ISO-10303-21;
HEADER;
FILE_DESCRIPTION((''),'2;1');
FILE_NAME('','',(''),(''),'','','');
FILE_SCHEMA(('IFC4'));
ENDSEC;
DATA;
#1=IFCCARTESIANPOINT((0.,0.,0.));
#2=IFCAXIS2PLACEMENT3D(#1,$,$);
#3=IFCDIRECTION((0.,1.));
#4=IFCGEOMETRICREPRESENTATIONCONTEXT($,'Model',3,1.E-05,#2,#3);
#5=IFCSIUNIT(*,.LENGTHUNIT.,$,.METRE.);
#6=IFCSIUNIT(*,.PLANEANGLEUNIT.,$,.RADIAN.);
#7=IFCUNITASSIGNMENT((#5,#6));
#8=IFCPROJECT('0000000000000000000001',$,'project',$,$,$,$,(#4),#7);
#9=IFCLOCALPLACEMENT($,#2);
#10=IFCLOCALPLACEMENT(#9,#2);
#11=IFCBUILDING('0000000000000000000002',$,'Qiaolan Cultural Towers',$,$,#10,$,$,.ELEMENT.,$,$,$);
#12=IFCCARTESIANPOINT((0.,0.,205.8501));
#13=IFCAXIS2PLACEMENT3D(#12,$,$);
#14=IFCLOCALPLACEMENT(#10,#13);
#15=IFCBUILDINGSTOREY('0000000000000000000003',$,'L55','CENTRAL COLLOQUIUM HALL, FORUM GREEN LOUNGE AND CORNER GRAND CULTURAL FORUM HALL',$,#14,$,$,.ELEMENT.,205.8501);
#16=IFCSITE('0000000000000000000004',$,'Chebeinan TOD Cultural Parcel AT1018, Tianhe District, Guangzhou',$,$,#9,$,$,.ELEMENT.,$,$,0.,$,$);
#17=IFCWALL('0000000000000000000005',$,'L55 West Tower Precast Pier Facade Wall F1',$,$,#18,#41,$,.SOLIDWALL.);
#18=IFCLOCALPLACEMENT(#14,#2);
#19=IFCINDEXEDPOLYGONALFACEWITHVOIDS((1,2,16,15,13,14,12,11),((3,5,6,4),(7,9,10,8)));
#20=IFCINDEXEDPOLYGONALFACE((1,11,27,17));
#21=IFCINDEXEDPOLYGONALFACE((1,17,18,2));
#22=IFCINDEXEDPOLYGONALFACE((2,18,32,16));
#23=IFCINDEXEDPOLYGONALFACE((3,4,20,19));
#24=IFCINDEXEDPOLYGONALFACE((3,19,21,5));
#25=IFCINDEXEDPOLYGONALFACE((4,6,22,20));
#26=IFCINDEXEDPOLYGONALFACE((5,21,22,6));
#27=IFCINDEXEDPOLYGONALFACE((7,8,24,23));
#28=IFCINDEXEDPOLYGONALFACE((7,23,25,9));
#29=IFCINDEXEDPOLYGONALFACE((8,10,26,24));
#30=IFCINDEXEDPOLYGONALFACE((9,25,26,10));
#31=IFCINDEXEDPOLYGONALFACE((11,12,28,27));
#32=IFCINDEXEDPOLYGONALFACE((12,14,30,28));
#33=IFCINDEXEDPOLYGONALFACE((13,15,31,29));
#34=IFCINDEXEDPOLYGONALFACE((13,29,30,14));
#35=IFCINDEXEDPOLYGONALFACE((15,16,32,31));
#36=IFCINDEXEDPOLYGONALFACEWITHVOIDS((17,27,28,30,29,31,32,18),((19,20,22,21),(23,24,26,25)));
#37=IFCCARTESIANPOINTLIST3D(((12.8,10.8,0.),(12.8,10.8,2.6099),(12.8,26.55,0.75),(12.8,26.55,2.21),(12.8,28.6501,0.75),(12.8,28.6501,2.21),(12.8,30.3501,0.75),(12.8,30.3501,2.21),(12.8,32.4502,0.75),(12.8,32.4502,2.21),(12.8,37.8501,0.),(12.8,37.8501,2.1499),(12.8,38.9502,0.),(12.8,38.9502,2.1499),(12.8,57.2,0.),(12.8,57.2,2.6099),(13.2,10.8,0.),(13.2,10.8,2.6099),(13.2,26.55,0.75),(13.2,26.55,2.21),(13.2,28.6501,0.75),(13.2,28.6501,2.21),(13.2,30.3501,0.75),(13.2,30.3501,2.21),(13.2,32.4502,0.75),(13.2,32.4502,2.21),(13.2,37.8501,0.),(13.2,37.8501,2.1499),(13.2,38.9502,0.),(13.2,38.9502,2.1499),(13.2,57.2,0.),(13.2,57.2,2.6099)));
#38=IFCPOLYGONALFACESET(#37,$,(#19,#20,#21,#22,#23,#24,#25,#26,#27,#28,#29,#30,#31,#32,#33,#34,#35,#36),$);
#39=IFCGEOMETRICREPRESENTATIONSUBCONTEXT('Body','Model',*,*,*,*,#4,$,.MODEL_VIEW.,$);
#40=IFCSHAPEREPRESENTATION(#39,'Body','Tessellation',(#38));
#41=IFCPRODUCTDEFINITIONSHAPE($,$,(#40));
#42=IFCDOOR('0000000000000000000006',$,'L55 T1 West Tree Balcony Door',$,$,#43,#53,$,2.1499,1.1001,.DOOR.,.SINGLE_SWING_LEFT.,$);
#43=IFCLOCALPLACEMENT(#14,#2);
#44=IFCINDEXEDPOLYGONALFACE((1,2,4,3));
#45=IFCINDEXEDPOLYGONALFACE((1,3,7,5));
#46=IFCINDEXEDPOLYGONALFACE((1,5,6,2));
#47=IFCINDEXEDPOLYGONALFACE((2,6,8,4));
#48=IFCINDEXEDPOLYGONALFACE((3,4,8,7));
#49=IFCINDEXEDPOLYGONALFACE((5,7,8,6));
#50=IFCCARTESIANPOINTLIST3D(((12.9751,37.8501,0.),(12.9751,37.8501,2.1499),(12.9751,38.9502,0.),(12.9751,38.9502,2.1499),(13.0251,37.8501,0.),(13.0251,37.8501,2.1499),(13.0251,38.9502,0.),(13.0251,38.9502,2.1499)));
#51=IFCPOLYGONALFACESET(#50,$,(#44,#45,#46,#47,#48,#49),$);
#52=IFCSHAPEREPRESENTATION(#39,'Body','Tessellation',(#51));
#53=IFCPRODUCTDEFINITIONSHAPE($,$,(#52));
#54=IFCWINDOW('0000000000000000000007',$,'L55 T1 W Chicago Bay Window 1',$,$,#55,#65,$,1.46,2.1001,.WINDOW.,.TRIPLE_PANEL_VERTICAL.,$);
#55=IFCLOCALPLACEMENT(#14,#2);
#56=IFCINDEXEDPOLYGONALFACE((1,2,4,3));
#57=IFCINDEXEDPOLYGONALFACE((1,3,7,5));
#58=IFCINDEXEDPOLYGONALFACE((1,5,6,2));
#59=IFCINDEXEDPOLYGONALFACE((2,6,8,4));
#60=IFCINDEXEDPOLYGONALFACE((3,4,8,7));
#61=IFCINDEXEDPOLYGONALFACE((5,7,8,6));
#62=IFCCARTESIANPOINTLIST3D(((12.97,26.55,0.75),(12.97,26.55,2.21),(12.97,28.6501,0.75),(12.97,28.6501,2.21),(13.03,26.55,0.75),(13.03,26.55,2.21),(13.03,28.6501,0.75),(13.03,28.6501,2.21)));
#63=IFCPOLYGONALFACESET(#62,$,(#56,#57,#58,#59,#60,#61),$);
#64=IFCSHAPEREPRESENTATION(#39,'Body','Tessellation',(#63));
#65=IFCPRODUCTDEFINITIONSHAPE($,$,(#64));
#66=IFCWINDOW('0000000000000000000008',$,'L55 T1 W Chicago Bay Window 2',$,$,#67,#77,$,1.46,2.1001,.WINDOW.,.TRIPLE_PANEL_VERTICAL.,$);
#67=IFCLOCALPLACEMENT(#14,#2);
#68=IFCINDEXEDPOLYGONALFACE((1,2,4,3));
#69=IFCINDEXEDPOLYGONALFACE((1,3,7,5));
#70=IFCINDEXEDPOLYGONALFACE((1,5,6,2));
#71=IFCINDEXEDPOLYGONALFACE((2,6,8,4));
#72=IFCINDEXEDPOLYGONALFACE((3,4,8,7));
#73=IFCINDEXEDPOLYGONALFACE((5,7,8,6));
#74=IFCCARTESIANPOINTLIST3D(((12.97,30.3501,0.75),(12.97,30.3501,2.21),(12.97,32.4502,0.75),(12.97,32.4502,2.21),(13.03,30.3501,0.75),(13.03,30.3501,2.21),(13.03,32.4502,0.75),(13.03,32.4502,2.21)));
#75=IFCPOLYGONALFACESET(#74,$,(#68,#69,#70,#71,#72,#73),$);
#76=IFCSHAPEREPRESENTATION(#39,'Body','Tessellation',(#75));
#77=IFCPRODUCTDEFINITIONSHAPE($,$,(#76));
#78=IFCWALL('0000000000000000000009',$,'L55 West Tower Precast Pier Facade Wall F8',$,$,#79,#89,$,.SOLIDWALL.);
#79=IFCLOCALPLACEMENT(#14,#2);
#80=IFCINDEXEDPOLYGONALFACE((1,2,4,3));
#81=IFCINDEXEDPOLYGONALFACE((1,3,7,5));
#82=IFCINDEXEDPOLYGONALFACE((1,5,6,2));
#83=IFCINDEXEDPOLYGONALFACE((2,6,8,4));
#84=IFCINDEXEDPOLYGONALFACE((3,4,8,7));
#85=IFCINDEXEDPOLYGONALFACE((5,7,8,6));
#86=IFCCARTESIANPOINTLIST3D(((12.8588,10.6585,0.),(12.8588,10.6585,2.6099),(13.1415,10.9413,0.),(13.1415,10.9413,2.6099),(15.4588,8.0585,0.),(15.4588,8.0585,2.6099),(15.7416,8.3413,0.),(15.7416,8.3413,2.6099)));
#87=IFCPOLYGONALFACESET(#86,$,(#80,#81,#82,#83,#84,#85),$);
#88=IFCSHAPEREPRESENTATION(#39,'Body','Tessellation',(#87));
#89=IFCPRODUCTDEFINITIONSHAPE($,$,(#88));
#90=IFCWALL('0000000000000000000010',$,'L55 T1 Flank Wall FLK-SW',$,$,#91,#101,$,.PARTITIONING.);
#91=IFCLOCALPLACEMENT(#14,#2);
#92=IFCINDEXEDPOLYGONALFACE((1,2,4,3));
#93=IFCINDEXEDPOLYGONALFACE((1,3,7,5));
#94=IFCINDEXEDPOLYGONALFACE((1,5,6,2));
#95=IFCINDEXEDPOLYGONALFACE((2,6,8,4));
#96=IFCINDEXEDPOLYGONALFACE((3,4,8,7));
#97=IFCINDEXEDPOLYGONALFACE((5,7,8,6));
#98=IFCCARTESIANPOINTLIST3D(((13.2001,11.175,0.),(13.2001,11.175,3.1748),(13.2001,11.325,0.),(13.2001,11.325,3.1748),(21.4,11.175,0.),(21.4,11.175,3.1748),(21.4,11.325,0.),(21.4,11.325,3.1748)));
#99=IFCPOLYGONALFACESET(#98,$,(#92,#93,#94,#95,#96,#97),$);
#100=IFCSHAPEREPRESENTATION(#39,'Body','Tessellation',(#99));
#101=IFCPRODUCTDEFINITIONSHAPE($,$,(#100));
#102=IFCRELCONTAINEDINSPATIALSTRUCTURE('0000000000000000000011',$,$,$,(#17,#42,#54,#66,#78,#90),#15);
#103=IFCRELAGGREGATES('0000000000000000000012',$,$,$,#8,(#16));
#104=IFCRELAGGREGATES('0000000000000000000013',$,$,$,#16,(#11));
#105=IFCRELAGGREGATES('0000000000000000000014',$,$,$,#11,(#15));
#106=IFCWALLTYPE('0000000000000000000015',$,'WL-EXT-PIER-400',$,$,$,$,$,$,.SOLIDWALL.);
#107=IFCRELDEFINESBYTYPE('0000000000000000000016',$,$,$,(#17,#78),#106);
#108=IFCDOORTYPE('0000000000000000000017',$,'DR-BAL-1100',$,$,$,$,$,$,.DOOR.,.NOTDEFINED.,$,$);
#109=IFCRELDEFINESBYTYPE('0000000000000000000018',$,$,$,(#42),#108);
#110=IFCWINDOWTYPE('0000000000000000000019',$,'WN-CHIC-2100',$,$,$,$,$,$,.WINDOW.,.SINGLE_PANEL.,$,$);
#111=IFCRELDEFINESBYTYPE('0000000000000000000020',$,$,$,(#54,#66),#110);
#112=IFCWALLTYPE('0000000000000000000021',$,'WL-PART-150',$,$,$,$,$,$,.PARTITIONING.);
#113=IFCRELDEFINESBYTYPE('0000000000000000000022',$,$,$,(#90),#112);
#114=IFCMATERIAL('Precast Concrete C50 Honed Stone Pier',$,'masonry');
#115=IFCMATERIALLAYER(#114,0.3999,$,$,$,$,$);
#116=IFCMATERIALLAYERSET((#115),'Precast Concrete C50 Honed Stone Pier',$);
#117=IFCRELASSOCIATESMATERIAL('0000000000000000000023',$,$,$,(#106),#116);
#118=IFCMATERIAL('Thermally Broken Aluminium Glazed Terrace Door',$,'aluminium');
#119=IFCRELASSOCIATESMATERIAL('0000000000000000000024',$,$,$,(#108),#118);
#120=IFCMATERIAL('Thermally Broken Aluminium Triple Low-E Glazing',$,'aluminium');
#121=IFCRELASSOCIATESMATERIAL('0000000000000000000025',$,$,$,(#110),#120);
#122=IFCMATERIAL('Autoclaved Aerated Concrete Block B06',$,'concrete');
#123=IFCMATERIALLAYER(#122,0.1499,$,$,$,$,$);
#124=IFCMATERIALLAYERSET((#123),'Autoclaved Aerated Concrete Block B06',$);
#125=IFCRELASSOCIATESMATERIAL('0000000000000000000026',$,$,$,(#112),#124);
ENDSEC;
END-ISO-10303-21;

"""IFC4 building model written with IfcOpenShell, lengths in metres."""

from ifc_helpers import new_model, si_unit, direction, frame, frame_2d, origin, place, context, subcontext, project, spatial, rectangle, extrude, material, layer, layer_set, type_object, element, fill, save


model = new_model("IFC4")

# Units and contexts
model_context = context("Model", 3, precision=1e-05, world=origin(), true_north=direction((0.0, 1.0)))
body_context = subcontext(model_context, "Body", "Model", "MODEL_VIEW")
ifc_project = project(units=[si_unit("LENGTHUNIT", "METRE"), si_unit("PLANEANGLEUNIT", "RADIAN")], contexts=[model_context])

# Site, building, storey
site_placement = place(None, origin())
site = spatial("IfcSite", under=ifc_project, at=site_placement, Name="Chebeinan TOD Cultural Parcel AT1018, Tianhe District, Guangzhou", CompositionType="ELEMENT", RefElevation=0.0)
building_placement = place(site_placement, origin())
building = spatial("IfcBuilding", under=site, at=building_placement, Name="Qiaolan Cultural Towers", CompositionType="ELEMENT")
storey_placement = place(building_placement, frame((0.0, 0.0, 205.8501)))
storey = spatial("IfcBuildingStorey", under=building, at=storey_placement, Name="L55", Description="CENTRAL COLLOQUIUM HALL, FORUM GREEN LOUNGE AND CORNER GRAND CULTURAL FORUM HALL", CompositionType="ELEMENT", Elevation=205.8501)

# Wall, openings, door, windows
ifc_material_1 = material(Name="Precast Concrete C50 Honed Stone Pier", Category="masonry")
ifc_layer_1 = layer(ifc_material_1, 0.3999)
ifc_layer_set_1 = layer_set([ifc_layer_1], Name="Precast Concrete C50 Honed Stone Pier")
wall_type_1 = type_object("IfcWallType", Name="WL-EXT-PIER-400", PredefinedType="SOLIDWALL", material=ifc_layer_set_1)
wall_1_placement = place(storey_placement, frame((13.0, 10.8, 0.0), z_axis=(0.0, 0.0, 1.0), x_axis=(0.0, 1.0, 0.0)))
wall_1 = element("IfcWall", 1, at=wall_1_placement, inside=storey, type_object=wall_type_1, Name="L55 West Tower Precast Pier Facade Wall F1", PredefinedType="SOLIDWALL", context=body_context, shape_type="SweptSolid", body=[
    extrude(rectangle(XDim=46.3999, YDim=0.3999, at=frame_2d((23.2, 0.0))), origin(), (0.0, 0.0, 1.0), 2.6099),
])
opening_1_placement = place(wall_1_placement, frame((15.75, 0.0, 0.75)))
opening_1 = element("IfcOpeningElement", 2, at=opening_1_placement, cuts=wall_1, PredefinedType="OPENING", context=body_context, shape_type="SweptSolid", body=[
    extrude(rectangle(XDim=2.1001, YDim=1.46, at=frame_2d((1.05, 0.73))), frame((0.0, 0.21, 0.0), z_axis=(0.0, -1.0, 0.0), x_axis=(1.0, 0.0, 0.0)), (0.0, 0.0, 1.0), 0.4199),
])
opening_2_placement = place(wall_1_placement, frame((19.55, 0.0, 0.75)))
opening_2 = element("IfcOpeningElement", 3, at=opening_2_placement, cuts=wall_1, PredefinedType="OPENING", context=body_context, shape_type="SweptSolid", body=[
    extrude(rectangle(XDim=2.1001, YDim=1.46, at=frame_2d((1.05, 0.73))), frame((0.0, 0.21, 0.0), z_axis=(0.0, -1.0, 0.0), x_axis=(1.0, 0.0, 0.0)), (0.0, 0.0, 1.0), 0.4199),
])
opening_3_placement = place(wall_1_placement, frame((27.05, 0.0, 0.0)))
opening_3 = element("IfcOpeningElement", 4, at=opening_3_placement, cuts=wall_1, PredefinedType="OPENING", context=body_context, shape_type="SweptSolid", body=[
    extrude(rectangle(XDim=1.1001, YDim=2.1499, at=frame_2d((0.55, 1.075))), frame((0.0, 0.21, 0.0), z_axis=(0.0, -1.0, 0.0), x_axis=(1.0, 0.0, 0.0)), (0.0, 0.0, 1.0), 0.4199),
])
ifc_material_2 = material(Name="Thermally Broken Aluminium Glazed Terrace Door", Category="aluminium")
door_type = type_object("IfcDoorType", Name="DR-BAL-1100", OperationType="NOTDEFINED", PredefinedType="DOOR", material=ifc_material_2)
door_placement = place(opening_3_placement, origin())
door = element("IfcDoor", 5, at=door_placement, inside=storey, type_object=door_type, Name="L55 T1 West Tree Balcony Door", OperationType="SINGLE_SWING_LEFT", OverallHeight=2.1499, OverallWidth=1.1001, PredefinedType="DOOR", context=body_context, shape_type="SweptSolid", body=[
    extrude(rectangle(XDim=1.1001, YDim=2.1499, at=frame_2d((0.55, 1.075))), frame((0.0, 0.0249, 0.0), z_axis=(0.0, -1.0, 0.0), x_axis=(1.0, 0.0, 0.0)), (0.0, 0.0, 1.0), 0.05),
])
fill(opening_3, door)
ifc_material_3 = material(Name="Thermally Broken Aluminium Triple Low-E Glazing", Category="aluminium")
window_type = type_object("IfcWindowType", Name="WN-CHIC-2100", PartitioningType="SINGLE_PANEL", PredefinedType="WINDOW", material=ifc_material_3)
window_1_placement = place(opening_1_placement, origin())
window_1 = element("IfcWindow", 6, at=window_1_placement, inside=storey, type_object=window_type, Name="L55 T1 W Chicago Bay Window 1", OverallHeight=1.46, OverallWidth=2.1001, PartitioningType="TRIPLE_PANEL_VERTICAL", PredefinedType="WINDOW", context=body_context, shape_type="SweptSolid", body=[
    extrude(rectangle(XDim=2.1001, YDim=1.46, at=frame_2d((1.05, 0.73))), frame((0.0, 0.03, 0.0), z_axis=(0.0, -1.0, 0.0), x_axis=(1.0, 0.0, 0.0)), (0.0, 0.0, 1.0), 0.0601),
])
fill(opening_1, window_1)
window_2_placement = place(opening_2_placement, origin())
window_2 = element("IfcWindow", 7, at=window_2_placement, inside=storey, type_object=window_type, Name="L55 T1 W Chicago Bay Window 2", OverallHeight=1.46, OverallWidth=2.1001, PartitioningType="TRIPLE_PANEL_VERTICAL", PredefinedType="WINDOW", context=body_context, shape_type="SweptSolid", body=[
    extrude(rectangle(XDim=2.1001, YDim=1.46, at=frame_2d((1.05, 0.73))), frame((0.0, 0.03, 0.0), z_axis=(0.0, -1.0, 0.0), x_axis=(1.0, 0.0, 0.0)), (0.0, 0.0, 1.0), 0.0601),
])
fill(opening_2, window_2)

# Walls
wall_2_placement = place(storey_placement, frame((15.6001, 8.2, 0.0), z_axis=(0.0, 0.0, 1.0), x_axis=(-0.707107, 0.707107, 0.0)))
element("IfcWall", 8, at=wall_2_placement, inside=storey, type_object=wall_type_1, Name="L55 West Tower Precast Pier Facade Wall F8", PredefinedType="SOLIDWALL", context=body_context, shape_type="SweptSolid", body=[
    extrude(rectangle(XDim=3.677, YDim=0.3999, at=frame_2d((1.8384, 0.0))), origin(), (0.0, 0.0, 1.0), 2.6099),
])
ifc_material_4 = material(Name="Autoclaved Aerated Concrete Block B06", Category="concrete")
ifc_layer_2 = layer(ifc_material_4, 0.1499)
ifc_layer_set_2 = layer_set([ifc_layer_2], Name="Autoclaved Aerated Concrete Block B06")
wall_type_2 = type_object("IfcWallType", Name="WL-PART-150", PredefinedType="PARTITIONING", material=ifc_layer_set_2)
wall_3_placement = place(storey_placement, frame((13.2, 11.25, 0.0), z_axis=(0.0, 0.0, 1.0), x_axis=(1.0, 0.0, 0.0)))
element("IfcWall", 9, at=wall_3_placement, inside=storey, type_object=wall_type_2, Name="L55 T1 Flank Wall FLK-SW", PredefinedType="PARTITIONING", context=body_context, shape_type="SweptSolid", body=[
    extrude(rectangle(XDim=8.2, YDim=0.1499, at=frame_2d((4.1001, 0.0))), origin(), (0.0, 0.0, 1.0), 3.1748),
])

save(model, "model.ifc")
